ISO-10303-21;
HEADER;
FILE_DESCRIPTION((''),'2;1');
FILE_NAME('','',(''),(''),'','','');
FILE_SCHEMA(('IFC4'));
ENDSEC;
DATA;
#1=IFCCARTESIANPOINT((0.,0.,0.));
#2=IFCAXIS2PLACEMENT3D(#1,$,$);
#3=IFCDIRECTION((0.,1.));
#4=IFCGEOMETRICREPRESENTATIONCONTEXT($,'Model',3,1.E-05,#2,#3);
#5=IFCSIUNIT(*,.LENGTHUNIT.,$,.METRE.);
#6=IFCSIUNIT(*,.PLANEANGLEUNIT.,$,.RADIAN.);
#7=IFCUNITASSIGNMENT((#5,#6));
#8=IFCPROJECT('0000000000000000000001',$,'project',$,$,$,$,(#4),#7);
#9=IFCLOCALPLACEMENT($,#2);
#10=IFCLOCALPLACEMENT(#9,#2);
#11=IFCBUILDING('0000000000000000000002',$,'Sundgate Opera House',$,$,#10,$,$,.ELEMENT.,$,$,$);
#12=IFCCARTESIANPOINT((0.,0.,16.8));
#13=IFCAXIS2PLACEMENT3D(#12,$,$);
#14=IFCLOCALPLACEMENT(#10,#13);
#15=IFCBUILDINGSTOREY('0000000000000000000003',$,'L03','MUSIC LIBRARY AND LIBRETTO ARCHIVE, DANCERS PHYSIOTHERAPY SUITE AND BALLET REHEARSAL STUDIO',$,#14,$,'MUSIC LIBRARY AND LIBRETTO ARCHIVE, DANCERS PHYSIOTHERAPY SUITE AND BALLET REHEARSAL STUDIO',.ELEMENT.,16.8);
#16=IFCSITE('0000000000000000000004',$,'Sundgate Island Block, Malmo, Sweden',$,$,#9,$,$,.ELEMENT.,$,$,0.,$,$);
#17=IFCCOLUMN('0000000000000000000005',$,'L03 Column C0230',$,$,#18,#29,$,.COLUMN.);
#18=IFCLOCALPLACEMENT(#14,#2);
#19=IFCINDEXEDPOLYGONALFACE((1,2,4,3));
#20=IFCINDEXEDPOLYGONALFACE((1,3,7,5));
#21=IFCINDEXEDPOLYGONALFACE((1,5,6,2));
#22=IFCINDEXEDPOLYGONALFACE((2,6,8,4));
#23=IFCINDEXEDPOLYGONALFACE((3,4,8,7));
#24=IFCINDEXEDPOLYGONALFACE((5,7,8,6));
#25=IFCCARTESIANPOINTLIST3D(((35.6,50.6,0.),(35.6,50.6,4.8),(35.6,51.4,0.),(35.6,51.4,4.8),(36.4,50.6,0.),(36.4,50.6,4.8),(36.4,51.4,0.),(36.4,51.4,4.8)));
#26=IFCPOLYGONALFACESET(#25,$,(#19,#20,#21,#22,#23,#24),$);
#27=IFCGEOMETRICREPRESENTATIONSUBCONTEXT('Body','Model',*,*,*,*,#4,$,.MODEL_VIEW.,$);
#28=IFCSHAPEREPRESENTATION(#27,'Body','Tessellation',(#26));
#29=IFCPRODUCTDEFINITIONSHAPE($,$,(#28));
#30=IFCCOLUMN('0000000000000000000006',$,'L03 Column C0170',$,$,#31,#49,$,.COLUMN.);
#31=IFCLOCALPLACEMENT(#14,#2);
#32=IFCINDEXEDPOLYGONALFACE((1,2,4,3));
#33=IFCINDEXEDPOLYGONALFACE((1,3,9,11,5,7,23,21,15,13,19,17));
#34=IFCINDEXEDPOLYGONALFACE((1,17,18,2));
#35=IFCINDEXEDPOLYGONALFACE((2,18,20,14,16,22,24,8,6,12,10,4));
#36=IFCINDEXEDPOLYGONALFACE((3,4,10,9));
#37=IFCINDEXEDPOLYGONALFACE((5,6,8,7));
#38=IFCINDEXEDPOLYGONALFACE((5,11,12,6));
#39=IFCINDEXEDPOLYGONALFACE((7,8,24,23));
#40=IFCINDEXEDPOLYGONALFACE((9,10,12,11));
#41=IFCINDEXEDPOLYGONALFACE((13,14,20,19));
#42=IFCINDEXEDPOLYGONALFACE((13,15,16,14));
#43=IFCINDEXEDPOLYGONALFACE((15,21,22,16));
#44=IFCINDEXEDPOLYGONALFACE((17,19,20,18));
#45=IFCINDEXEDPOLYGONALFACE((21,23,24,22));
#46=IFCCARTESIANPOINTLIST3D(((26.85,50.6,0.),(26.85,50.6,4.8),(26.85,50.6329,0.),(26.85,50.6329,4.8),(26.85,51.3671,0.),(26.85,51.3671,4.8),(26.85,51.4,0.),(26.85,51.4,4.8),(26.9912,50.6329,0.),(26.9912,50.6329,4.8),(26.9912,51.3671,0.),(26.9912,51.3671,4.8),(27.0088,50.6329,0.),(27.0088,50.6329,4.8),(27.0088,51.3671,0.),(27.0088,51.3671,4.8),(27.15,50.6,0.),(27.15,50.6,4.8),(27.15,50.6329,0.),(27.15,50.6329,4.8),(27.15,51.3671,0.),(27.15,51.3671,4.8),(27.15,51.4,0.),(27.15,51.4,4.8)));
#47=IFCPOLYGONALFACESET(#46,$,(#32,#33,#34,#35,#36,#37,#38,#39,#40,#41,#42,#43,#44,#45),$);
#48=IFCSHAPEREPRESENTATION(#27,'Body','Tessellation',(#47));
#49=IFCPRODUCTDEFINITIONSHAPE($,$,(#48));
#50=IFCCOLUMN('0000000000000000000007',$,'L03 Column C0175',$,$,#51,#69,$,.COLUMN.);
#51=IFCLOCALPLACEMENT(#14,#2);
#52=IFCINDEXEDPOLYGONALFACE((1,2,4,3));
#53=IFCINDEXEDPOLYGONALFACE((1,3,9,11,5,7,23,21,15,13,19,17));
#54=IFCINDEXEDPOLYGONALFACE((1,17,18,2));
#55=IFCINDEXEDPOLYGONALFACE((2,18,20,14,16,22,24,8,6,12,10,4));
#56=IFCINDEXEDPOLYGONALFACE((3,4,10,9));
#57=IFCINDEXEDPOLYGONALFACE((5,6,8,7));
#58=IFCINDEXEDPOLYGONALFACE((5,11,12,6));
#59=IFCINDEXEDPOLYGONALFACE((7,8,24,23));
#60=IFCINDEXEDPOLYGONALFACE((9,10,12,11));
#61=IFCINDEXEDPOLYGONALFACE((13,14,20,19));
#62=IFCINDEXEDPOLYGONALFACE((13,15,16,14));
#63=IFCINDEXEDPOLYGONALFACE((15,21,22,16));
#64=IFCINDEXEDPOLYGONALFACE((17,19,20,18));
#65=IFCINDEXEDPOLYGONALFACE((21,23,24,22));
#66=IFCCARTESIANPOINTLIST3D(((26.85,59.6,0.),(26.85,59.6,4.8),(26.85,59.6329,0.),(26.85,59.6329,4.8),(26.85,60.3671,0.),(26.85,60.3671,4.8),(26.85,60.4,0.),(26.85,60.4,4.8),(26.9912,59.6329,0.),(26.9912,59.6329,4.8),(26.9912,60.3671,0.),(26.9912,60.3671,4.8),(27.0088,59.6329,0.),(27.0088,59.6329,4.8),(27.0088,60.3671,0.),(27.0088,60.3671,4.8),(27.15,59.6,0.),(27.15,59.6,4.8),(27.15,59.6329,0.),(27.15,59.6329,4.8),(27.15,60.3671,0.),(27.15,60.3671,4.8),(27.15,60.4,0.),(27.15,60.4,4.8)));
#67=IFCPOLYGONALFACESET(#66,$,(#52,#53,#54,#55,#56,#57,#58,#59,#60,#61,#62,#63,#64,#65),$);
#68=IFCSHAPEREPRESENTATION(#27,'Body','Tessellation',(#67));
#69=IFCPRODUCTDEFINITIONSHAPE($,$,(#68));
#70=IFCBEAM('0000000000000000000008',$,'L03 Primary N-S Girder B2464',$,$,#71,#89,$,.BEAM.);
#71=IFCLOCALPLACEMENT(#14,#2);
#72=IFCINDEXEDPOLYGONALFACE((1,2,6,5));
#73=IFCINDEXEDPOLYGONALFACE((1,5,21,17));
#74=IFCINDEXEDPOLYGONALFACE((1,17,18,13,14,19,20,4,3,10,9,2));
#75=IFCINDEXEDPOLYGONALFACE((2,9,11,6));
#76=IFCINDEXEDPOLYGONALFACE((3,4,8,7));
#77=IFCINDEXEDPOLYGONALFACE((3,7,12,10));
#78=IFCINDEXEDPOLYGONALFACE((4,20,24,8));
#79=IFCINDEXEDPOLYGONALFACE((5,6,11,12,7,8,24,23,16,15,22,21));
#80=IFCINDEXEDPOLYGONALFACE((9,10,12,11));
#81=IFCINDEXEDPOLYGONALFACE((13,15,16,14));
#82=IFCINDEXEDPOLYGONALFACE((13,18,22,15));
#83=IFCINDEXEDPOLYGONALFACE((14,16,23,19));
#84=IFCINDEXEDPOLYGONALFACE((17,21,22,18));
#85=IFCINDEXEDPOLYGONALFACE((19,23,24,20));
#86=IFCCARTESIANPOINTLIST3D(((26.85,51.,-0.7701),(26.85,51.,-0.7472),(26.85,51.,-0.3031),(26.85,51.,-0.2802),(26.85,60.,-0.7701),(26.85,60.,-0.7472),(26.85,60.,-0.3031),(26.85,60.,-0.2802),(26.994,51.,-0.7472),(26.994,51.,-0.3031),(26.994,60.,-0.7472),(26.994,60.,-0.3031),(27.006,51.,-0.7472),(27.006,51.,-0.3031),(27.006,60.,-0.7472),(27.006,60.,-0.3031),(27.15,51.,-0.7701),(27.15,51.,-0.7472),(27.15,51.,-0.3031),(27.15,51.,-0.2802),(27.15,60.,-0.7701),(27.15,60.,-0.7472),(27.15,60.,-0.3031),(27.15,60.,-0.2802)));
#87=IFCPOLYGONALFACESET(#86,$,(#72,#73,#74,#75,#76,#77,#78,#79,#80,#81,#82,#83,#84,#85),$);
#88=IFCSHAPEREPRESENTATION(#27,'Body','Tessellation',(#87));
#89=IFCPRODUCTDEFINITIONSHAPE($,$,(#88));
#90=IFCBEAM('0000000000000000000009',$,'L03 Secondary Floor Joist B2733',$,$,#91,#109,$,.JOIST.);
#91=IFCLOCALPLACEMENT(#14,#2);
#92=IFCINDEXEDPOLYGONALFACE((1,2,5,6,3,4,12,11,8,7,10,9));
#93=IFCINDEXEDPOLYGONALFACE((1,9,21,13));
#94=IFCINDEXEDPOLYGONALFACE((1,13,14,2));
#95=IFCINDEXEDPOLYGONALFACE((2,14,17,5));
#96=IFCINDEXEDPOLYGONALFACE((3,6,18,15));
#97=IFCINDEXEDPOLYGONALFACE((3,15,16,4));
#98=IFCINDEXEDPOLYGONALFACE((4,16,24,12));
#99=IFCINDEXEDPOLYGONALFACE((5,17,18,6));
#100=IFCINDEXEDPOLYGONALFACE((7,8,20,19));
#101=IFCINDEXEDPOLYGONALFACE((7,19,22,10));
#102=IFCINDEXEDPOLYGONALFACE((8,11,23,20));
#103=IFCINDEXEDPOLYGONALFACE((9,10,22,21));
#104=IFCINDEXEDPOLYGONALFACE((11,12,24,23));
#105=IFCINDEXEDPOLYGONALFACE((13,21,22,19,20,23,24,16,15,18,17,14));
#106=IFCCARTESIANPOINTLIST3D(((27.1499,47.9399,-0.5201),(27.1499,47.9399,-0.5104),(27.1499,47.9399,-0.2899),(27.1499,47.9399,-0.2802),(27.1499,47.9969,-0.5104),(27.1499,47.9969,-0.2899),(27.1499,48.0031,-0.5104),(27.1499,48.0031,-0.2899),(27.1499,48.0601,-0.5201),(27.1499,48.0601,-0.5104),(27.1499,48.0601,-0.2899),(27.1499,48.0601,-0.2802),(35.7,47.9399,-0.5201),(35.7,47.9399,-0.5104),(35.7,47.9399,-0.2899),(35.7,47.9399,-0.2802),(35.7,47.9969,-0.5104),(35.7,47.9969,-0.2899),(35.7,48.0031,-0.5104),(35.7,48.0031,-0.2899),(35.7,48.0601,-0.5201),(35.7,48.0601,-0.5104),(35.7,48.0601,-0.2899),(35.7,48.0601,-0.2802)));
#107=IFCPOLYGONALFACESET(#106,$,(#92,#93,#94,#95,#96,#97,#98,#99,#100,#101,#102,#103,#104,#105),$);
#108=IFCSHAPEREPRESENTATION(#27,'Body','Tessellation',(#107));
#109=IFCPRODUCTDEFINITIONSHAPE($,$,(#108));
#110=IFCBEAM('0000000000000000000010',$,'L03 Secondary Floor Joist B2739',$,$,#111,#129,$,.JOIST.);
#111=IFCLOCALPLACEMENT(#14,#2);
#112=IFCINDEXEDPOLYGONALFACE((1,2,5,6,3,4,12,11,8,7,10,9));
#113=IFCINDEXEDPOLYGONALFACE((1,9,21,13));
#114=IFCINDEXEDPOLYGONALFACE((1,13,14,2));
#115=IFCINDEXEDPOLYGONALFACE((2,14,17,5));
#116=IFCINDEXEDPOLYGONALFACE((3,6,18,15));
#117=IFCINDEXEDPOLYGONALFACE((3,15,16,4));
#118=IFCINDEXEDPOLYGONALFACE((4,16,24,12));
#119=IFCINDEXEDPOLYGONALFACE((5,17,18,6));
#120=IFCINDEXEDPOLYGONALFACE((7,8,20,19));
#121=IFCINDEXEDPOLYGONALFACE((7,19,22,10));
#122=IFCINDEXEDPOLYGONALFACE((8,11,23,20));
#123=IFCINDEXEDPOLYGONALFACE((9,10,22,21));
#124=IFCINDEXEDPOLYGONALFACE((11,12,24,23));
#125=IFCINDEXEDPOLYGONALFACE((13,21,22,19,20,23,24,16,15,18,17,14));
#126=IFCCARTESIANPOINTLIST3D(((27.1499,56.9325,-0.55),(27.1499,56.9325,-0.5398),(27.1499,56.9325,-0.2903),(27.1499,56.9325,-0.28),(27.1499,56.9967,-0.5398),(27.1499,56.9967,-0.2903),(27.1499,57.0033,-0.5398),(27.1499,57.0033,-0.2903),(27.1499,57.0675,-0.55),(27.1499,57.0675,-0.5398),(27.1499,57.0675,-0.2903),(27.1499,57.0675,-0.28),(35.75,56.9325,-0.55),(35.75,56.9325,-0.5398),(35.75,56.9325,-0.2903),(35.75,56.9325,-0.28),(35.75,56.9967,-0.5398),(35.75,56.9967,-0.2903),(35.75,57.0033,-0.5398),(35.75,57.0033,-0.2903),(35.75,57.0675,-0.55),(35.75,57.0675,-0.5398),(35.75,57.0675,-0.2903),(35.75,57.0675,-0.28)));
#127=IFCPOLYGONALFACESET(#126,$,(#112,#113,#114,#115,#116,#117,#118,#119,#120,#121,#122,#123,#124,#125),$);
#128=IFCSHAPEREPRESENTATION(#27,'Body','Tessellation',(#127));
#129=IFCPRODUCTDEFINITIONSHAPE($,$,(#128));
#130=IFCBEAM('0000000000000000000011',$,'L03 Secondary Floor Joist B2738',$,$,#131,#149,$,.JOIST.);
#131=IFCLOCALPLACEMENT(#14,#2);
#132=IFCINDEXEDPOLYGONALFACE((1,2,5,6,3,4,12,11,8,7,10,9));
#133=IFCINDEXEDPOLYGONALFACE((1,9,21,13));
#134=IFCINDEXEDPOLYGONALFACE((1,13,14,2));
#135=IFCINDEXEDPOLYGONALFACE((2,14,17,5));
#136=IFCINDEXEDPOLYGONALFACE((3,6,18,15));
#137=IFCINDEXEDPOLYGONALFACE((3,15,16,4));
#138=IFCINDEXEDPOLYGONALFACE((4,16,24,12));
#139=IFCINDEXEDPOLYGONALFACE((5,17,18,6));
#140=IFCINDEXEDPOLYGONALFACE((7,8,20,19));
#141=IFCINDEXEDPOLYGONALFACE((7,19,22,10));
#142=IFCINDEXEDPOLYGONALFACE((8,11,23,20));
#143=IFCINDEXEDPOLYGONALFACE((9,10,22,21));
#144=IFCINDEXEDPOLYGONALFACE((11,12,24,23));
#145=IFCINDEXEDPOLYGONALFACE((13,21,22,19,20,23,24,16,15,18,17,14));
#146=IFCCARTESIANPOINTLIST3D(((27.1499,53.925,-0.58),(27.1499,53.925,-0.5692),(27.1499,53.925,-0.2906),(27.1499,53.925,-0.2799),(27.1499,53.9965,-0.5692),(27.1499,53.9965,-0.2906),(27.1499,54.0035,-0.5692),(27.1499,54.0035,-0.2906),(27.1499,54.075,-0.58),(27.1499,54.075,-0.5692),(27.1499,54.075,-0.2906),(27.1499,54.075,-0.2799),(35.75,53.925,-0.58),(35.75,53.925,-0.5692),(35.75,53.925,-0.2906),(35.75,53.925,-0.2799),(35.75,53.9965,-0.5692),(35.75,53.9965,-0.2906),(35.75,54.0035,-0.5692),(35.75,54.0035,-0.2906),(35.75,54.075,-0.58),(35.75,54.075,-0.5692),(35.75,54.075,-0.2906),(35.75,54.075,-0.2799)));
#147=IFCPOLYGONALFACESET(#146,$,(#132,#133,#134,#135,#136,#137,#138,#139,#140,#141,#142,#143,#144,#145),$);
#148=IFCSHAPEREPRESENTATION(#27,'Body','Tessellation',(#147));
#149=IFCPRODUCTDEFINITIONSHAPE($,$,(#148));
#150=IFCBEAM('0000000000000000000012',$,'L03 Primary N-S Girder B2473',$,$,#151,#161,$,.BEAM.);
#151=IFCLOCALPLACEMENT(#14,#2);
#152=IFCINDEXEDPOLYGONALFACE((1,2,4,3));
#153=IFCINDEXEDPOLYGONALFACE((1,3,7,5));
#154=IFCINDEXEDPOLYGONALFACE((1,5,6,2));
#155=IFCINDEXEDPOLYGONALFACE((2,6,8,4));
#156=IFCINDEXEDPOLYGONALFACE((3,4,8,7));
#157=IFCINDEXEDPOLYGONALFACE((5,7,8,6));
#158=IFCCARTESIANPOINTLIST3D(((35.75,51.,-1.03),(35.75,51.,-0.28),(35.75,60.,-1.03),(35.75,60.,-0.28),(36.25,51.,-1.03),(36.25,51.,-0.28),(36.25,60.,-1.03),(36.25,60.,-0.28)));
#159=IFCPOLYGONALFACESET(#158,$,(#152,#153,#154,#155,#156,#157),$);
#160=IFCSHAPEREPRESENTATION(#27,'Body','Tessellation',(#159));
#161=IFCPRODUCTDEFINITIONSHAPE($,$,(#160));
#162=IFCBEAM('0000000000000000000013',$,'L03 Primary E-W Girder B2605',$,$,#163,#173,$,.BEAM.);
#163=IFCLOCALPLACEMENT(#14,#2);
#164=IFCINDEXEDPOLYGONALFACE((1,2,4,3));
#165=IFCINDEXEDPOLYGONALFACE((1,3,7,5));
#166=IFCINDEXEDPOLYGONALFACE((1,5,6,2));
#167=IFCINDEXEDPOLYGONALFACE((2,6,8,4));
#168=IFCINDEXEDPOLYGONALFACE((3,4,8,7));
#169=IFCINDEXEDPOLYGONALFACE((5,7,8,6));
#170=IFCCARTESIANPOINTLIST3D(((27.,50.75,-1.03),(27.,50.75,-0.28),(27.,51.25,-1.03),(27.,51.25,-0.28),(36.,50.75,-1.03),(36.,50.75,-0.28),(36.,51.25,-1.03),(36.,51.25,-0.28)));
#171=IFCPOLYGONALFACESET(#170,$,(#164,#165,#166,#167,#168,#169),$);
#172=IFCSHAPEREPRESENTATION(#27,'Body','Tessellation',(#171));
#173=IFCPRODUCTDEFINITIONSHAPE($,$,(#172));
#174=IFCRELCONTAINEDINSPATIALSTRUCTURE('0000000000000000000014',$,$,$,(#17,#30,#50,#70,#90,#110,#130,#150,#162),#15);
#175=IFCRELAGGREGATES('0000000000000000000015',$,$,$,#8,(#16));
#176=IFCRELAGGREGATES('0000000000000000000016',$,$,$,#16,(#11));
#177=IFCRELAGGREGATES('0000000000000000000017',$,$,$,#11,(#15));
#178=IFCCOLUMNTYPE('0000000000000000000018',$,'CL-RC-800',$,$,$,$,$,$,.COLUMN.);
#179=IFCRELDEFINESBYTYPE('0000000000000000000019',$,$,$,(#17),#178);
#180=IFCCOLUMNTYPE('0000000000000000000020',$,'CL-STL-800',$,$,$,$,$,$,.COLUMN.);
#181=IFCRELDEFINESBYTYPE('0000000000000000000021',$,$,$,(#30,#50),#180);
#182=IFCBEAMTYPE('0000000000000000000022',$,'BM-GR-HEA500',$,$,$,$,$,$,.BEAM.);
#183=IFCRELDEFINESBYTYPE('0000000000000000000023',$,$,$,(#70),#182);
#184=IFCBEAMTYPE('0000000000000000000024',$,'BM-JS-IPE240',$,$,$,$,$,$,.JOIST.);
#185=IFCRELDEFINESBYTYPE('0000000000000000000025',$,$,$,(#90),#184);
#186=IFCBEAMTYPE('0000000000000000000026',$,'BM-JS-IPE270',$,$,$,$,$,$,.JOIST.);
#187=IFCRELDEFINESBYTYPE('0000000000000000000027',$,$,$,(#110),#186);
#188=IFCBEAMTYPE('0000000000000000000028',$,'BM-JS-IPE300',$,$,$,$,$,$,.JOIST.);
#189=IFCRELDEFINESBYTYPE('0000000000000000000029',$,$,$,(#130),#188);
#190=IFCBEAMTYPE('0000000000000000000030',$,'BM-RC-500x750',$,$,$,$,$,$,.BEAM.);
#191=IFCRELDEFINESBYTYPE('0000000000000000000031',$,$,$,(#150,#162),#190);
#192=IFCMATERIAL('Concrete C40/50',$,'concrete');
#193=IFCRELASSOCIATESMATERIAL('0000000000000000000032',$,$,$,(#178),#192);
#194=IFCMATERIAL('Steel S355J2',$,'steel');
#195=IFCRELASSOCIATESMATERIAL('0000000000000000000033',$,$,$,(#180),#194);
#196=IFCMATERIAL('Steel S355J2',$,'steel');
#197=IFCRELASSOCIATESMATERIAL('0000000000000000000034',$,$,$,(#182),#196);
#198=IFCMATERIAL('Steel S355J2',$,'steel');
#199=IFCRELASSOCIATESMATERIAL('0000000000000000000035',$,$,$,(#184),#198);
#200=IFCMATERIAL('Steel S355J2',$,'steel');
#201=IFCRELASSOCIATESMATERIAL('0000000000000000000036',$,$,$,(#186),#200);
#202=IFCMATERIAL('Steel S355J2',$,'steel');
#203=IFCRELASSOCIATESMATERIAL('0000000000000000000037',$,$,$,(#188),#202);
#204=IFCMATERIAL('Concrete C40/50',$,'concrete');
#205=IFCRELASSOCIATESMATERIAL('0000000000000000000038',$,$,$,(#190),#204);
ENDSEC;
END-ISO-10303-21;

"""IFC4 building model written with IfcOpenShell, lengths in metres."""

from ifc_helpers import new_model, si_unit, direction, frame, origin, origin_2d, place, context, subcontext, project, spatial, rectangle, i_section, extrude, material, material_profile, profile_set, type_object, element, save


model = new_model("IFC4")

# Units and contexts
model_context = context("Model", 3, precision=1e-05, world=origin(), true_north=direction((0.0, 1.0)))
body_context = subcontext(model_context, "Body", "Model", "MODEL_VIEW")
ifc_project = project(units=[si_unit("LENGTHUNIT", "METRE"), si_unit("PLANEANGLEUNIT", "RADIAN")], contexts=[model_context])

# Site, building, storey
site_placement = place(None, origin())
site = spatial("IfcSite", under=ifc_project, at=site_placement, Name="Sundgate Island Block, Malmo, Sweden", CompositionType="ELEMENT", RefElevation=0.0)
building_placement = place(site_placement, origin())
building = spatial("IfcBuilding", under=site, at=building_placement, Name="Sundgate Opera House", CompositionType="ELEMENT")
storey_placement = place(building_placement, frame((0.0, 0.0, 16.8)))
storey = spatial("IfcBuildingStorey", under=building, at=storey_placement, Name="L03", Description="MUSIC LIBRARY AND LIBRETTO ARCHIVE, DANCERS PHYSIOTHERAPY SUITE AND BALLET REHEARSAL STUDIO", LongName="MUSIC LIBRARY AND LIBRETTO ARCHIVE, DANCERS PHYSIOTHERAPY SUITE AND BALLET REHEARSAL STUDIO", CompositionType="ELEMENT", Elevation=16.8)

# Columns
ifc_material_1 = material(Name="Concrete C40/50", Category="concrete")
ifc_material_profile_1 = material_profile(ifc_material_1, rectangle(XDim=0.8, YDim=0.8, at=origin_2d()), Name="RC 800x800")
ifc_profile_set_1 = profile_set([ifc_material_profile_1], Name="Concrete C40/50")
column_type_1 = type_object("IfcColumnType", Name="CL-RC-800", PredefinedType="COLUMN", material=ifc_profile_set_1)
column_placement = place(storey_placement, frame((36.0, 51.0, 0.0), z_axis=(0.0, 0.0, 1.0), x_axis=(1.0, 0.0, 0.0)))
element("IfcColumn", 1, at=column_placement, inside=storey, type_object=column_type_1, Name="L03 Column C0230", PredefinedType="COLUMN", context=body_context, shape_type="SweptSolid", body=[
    extrude(rectangle(XDim=0.8, YDim=0.8, at=origin_2d()), origin(), (0.0, 0.0, 1.0), 4.8),
])
ifc_material_2 = material(Name="Steel S355J2", Category="steel")
ifc_material_profile_2 = material_profile(ifc_material_2, i_section(OverallWidth=0.3, OverallDepth=0.8, WebThickness=0.0176, FlangeThickness=0.033, at=origin_2d()), Name="HEB 800")
ifc_profile_set_2 = profile_set([ifc_material_profile_2], Name="Steel S355J2")
column_type_2 = type_object("IfcColumnType", Name="CL-STL-800", PredefinedType="COLUMN", material=ifc_profile_set_2)
for number, where, z_axis, x_axis, name in (
    (2, (27.0, 51.0, 0.0), (0.0, 0.0, 1.0), (1.0, 0.0, 0.0), "L03 Column C0170"),
    (3, (27.0, 60.0, 0.0), (0.0, 0.0, 1.0), (1.0, 0.0, 0.0), "L03 Column C0175"),
):
    element("IfcColumn", number, at=place(storey_placement, frame(where, z_axis=z_axis, x_axis=x_axis)), inside=storey, type_object=column_type_2, Name=name, PredefinedType="COLUMN", context=body_context, shape_type="SweptSolid", body=[
        extrude(i_section(OverallWidth=0.3, OverallDepth=0.8, WebThickness=0.0176, FlangeThickness=0.033, at=origin_2d()), origin(), (0.0, 0.0, 1.0), 4.8),
    ])

# Beams
ifc_material_3 = material(Name="Steel S355J2", Category="steel")
ifc_material_profile_3 = material_profile(ifc_material_3, i_section(OverallWidth=0.3, OverallDepth=0.49, WebThickness=0.012, FlangeThickness=0.0229, at=origin_2d()), Name="HEA 500")
ifc_profile_set_3 = profile_set([ifc_material_profile_3], Name="Steel S355J2")
beam_type_1 = type_object("IfcBeamType", Name="BM-GR-HEA500", PredefinedType="BEAM", material=ifc_profile_set_3)
beam_1_placement = place(storey_placement, frame((27.0, 51.0, -0.5251), z_axis=(0.0, 1.0, 0.0), x_axis=(-1.0, 0.0, 0.0)))
element("IfcBeam", 4, at=beam_1_placement, inside=storey, type_object=beam_type_1, Name="L03 Primary N-S Girder B2464", PredefinedType="BEAM", context=body_context, shape_type="SweptSolid", body=[
    extrude(i_section(OverallWidth=0.3, OverallDepth=0.49, WebThickness=0.012, FlangeThickness=0.0229, at=origin_2d()), origin(), (0.0, 0.0, 1.0), 9.0),
])
ifc_material_4 = material(Name="Steel S355J2", Category="steel")
ifc_material_profile_4 = material_profile(ifc_material_4, i_section(OverallWidth=0.1201, OverallDepth=0.24, WebThickness=0.0061, FlangeThickness=0.0098, at=origin_2d()), Name="IPE 240")
ifc_profile_set_4 = profile_set([ifc_material_profile_4], Name="Steel S355J2")
beam_type_2 = type_object("IfcBeamType", Name="BM-JS-IPE240", PredefinedType="JOIST", material=ifc_profile_set_4)
beam_2_placement = place(storey_placement, frame((27.1499, 48.0, -0.4001), z_axis=(1.0, 0.0, 0.0), x_axis=(0.0, 1.0, 0.0)))
element("IfcBeam", 5, at=beam_2_placement, inside=storey, type_object=beam_type_2, Name="L03 Secondary Floor Joist B2733", PredefinedType="JOIST", context=body_context, shape_type="SweptSolid", body=[
    extrude(i_section(OverallWidth=0.1201, OverallDepth=0.24, WebThickness=0.0061, FlangeThickness=0.0098, at=origin_2d()), origin(), (0.0, 0.0, 1.0), 8.55),
])
ifc_material_5 = material(Name="Steel S355J2", Category="steel")
ifc_material_profile_5 = material_profile(ifc_material_5, i_section(OverallWidth=0.135, OverallDepth=0.27, WebThickness=0.0066, FlangeThickness=0.0103, at=origin_2d()), Name="IPE 270")
ifc_profile_set_5 = profile_set([ifc_material_profile_5], Name="Steel S355J2")
beam_type_3 = type_object("IfcBeamType", Name="BM-JS-IPE270", PredefinedType="JOIST", material=ifc_profile_set_5)
beam_3_placement = place(storey_placement, frame((27.1499, 57.0, -0.415), z_axis=(1.0, 0.0, 0.0), x_axis=(0.0, 1.0, 0.0)))
element("IfcBeam", 6, at=beam_3_placement, inside=storey, type_object=beam_type_3, Name="L03 Secondary Floor Joist B2739", PredefinedType="JOIST", context=body_context, shape_type="SweptSolid", body=[
    extrude(i_section(OverallWidth=0.135, OverallDepth=0.27, WebThickness=0.0066, FlangeThickness=0.0103, at=origin_2d()), origin(), (0.0, 0.0, 1.0), 8.6001),
])
ifc_material_6 = material(Name="Steel S355J2", Category="steel")
ifc_material_profile_6 = material_profile(ifc_material_6, i_section(OverallWidth=0.1499, OverallDepth=0.3, WebThickness=0.0071, FlangeThickness=0.0107, at=origin_2d()), Name="IPE 300")
ifc_profile_set_6 = profile_set([ifc_material_profile_6], Name="Steel S355J2")
beam_type_4 = type_object("IfcBeamType", Name="BM-JS-IPE300", PredefinedType="JOIST", material=ifc_profile_set_6)
beam_4_placement = place(storey_placement, frame((27.1499, 54.0, -0.4299), z_axis=(1.0, 0.0, 0.0), x_axis=(0.0, 1.0, 0.0)))
element("IfcBeam", 7, at=beam_4_placement, inside=storey, type_object=beam_type_4, Name="L03 Secondary Floor Joist B2738", PredefinedType="JOIST", context=body_context, shape_type="SweptSolid", body=[
    extrude(i_section(OverallWidth=0.1499, OverallDepth=0.3, WebThickness=0.0071, FlangeThickness=0.0107, at=origin_2d()), origin(), (0.0, 0.0, 1.0), 8.6001),
])
ifc_material_7 = material(Name="Concrete C40/50", Category="concrete")
ifc_material_profile_7 = material_profile(ifc_material_7, rectangle(XDim=0.5, YDim=0.75, at=origin_2d()), Name="RC 500x750")
ifc_profile_set_7 = profile_set([ifc_material_profile_7], Name="Concrete C40/50")
beam_type_5 = type_object("IfcBeamType", Name="BM-RC-500x750", PredefinedType="BEAM", material=ifc_profile_set_7)
for number, where, z_axis, x_axis, name in (
    (8, (36.0, 51.0, -0.655), (0.0, 1.0, 0.0), (-1.0, 0.0, 0.0), "L03 Primary N-S Girder B2473"),
    (9, (27.0, 51.0, -0.655), (1.0, 0.0, 0.0), (0.0, 1.0, 0.0), "L03 Primary E-W Girder B2605"),
):
    element("IfcBeam", number, at=place(storey_placement, frame(where, z_axis=z_axis, x_axis=x_axis)), inside=storey, type_object=beam_type_5, Name=name, PredefinedType="BEAM", context=body_context, shape_type="SweptSolid", body=[
        extrude(rectangle(XDim=0.5, YDim=0.75, at=origin_2d()), origin(), (0.0, 0.0, 1.0), 9.0),
    ])

save(model, "model.ifc")
